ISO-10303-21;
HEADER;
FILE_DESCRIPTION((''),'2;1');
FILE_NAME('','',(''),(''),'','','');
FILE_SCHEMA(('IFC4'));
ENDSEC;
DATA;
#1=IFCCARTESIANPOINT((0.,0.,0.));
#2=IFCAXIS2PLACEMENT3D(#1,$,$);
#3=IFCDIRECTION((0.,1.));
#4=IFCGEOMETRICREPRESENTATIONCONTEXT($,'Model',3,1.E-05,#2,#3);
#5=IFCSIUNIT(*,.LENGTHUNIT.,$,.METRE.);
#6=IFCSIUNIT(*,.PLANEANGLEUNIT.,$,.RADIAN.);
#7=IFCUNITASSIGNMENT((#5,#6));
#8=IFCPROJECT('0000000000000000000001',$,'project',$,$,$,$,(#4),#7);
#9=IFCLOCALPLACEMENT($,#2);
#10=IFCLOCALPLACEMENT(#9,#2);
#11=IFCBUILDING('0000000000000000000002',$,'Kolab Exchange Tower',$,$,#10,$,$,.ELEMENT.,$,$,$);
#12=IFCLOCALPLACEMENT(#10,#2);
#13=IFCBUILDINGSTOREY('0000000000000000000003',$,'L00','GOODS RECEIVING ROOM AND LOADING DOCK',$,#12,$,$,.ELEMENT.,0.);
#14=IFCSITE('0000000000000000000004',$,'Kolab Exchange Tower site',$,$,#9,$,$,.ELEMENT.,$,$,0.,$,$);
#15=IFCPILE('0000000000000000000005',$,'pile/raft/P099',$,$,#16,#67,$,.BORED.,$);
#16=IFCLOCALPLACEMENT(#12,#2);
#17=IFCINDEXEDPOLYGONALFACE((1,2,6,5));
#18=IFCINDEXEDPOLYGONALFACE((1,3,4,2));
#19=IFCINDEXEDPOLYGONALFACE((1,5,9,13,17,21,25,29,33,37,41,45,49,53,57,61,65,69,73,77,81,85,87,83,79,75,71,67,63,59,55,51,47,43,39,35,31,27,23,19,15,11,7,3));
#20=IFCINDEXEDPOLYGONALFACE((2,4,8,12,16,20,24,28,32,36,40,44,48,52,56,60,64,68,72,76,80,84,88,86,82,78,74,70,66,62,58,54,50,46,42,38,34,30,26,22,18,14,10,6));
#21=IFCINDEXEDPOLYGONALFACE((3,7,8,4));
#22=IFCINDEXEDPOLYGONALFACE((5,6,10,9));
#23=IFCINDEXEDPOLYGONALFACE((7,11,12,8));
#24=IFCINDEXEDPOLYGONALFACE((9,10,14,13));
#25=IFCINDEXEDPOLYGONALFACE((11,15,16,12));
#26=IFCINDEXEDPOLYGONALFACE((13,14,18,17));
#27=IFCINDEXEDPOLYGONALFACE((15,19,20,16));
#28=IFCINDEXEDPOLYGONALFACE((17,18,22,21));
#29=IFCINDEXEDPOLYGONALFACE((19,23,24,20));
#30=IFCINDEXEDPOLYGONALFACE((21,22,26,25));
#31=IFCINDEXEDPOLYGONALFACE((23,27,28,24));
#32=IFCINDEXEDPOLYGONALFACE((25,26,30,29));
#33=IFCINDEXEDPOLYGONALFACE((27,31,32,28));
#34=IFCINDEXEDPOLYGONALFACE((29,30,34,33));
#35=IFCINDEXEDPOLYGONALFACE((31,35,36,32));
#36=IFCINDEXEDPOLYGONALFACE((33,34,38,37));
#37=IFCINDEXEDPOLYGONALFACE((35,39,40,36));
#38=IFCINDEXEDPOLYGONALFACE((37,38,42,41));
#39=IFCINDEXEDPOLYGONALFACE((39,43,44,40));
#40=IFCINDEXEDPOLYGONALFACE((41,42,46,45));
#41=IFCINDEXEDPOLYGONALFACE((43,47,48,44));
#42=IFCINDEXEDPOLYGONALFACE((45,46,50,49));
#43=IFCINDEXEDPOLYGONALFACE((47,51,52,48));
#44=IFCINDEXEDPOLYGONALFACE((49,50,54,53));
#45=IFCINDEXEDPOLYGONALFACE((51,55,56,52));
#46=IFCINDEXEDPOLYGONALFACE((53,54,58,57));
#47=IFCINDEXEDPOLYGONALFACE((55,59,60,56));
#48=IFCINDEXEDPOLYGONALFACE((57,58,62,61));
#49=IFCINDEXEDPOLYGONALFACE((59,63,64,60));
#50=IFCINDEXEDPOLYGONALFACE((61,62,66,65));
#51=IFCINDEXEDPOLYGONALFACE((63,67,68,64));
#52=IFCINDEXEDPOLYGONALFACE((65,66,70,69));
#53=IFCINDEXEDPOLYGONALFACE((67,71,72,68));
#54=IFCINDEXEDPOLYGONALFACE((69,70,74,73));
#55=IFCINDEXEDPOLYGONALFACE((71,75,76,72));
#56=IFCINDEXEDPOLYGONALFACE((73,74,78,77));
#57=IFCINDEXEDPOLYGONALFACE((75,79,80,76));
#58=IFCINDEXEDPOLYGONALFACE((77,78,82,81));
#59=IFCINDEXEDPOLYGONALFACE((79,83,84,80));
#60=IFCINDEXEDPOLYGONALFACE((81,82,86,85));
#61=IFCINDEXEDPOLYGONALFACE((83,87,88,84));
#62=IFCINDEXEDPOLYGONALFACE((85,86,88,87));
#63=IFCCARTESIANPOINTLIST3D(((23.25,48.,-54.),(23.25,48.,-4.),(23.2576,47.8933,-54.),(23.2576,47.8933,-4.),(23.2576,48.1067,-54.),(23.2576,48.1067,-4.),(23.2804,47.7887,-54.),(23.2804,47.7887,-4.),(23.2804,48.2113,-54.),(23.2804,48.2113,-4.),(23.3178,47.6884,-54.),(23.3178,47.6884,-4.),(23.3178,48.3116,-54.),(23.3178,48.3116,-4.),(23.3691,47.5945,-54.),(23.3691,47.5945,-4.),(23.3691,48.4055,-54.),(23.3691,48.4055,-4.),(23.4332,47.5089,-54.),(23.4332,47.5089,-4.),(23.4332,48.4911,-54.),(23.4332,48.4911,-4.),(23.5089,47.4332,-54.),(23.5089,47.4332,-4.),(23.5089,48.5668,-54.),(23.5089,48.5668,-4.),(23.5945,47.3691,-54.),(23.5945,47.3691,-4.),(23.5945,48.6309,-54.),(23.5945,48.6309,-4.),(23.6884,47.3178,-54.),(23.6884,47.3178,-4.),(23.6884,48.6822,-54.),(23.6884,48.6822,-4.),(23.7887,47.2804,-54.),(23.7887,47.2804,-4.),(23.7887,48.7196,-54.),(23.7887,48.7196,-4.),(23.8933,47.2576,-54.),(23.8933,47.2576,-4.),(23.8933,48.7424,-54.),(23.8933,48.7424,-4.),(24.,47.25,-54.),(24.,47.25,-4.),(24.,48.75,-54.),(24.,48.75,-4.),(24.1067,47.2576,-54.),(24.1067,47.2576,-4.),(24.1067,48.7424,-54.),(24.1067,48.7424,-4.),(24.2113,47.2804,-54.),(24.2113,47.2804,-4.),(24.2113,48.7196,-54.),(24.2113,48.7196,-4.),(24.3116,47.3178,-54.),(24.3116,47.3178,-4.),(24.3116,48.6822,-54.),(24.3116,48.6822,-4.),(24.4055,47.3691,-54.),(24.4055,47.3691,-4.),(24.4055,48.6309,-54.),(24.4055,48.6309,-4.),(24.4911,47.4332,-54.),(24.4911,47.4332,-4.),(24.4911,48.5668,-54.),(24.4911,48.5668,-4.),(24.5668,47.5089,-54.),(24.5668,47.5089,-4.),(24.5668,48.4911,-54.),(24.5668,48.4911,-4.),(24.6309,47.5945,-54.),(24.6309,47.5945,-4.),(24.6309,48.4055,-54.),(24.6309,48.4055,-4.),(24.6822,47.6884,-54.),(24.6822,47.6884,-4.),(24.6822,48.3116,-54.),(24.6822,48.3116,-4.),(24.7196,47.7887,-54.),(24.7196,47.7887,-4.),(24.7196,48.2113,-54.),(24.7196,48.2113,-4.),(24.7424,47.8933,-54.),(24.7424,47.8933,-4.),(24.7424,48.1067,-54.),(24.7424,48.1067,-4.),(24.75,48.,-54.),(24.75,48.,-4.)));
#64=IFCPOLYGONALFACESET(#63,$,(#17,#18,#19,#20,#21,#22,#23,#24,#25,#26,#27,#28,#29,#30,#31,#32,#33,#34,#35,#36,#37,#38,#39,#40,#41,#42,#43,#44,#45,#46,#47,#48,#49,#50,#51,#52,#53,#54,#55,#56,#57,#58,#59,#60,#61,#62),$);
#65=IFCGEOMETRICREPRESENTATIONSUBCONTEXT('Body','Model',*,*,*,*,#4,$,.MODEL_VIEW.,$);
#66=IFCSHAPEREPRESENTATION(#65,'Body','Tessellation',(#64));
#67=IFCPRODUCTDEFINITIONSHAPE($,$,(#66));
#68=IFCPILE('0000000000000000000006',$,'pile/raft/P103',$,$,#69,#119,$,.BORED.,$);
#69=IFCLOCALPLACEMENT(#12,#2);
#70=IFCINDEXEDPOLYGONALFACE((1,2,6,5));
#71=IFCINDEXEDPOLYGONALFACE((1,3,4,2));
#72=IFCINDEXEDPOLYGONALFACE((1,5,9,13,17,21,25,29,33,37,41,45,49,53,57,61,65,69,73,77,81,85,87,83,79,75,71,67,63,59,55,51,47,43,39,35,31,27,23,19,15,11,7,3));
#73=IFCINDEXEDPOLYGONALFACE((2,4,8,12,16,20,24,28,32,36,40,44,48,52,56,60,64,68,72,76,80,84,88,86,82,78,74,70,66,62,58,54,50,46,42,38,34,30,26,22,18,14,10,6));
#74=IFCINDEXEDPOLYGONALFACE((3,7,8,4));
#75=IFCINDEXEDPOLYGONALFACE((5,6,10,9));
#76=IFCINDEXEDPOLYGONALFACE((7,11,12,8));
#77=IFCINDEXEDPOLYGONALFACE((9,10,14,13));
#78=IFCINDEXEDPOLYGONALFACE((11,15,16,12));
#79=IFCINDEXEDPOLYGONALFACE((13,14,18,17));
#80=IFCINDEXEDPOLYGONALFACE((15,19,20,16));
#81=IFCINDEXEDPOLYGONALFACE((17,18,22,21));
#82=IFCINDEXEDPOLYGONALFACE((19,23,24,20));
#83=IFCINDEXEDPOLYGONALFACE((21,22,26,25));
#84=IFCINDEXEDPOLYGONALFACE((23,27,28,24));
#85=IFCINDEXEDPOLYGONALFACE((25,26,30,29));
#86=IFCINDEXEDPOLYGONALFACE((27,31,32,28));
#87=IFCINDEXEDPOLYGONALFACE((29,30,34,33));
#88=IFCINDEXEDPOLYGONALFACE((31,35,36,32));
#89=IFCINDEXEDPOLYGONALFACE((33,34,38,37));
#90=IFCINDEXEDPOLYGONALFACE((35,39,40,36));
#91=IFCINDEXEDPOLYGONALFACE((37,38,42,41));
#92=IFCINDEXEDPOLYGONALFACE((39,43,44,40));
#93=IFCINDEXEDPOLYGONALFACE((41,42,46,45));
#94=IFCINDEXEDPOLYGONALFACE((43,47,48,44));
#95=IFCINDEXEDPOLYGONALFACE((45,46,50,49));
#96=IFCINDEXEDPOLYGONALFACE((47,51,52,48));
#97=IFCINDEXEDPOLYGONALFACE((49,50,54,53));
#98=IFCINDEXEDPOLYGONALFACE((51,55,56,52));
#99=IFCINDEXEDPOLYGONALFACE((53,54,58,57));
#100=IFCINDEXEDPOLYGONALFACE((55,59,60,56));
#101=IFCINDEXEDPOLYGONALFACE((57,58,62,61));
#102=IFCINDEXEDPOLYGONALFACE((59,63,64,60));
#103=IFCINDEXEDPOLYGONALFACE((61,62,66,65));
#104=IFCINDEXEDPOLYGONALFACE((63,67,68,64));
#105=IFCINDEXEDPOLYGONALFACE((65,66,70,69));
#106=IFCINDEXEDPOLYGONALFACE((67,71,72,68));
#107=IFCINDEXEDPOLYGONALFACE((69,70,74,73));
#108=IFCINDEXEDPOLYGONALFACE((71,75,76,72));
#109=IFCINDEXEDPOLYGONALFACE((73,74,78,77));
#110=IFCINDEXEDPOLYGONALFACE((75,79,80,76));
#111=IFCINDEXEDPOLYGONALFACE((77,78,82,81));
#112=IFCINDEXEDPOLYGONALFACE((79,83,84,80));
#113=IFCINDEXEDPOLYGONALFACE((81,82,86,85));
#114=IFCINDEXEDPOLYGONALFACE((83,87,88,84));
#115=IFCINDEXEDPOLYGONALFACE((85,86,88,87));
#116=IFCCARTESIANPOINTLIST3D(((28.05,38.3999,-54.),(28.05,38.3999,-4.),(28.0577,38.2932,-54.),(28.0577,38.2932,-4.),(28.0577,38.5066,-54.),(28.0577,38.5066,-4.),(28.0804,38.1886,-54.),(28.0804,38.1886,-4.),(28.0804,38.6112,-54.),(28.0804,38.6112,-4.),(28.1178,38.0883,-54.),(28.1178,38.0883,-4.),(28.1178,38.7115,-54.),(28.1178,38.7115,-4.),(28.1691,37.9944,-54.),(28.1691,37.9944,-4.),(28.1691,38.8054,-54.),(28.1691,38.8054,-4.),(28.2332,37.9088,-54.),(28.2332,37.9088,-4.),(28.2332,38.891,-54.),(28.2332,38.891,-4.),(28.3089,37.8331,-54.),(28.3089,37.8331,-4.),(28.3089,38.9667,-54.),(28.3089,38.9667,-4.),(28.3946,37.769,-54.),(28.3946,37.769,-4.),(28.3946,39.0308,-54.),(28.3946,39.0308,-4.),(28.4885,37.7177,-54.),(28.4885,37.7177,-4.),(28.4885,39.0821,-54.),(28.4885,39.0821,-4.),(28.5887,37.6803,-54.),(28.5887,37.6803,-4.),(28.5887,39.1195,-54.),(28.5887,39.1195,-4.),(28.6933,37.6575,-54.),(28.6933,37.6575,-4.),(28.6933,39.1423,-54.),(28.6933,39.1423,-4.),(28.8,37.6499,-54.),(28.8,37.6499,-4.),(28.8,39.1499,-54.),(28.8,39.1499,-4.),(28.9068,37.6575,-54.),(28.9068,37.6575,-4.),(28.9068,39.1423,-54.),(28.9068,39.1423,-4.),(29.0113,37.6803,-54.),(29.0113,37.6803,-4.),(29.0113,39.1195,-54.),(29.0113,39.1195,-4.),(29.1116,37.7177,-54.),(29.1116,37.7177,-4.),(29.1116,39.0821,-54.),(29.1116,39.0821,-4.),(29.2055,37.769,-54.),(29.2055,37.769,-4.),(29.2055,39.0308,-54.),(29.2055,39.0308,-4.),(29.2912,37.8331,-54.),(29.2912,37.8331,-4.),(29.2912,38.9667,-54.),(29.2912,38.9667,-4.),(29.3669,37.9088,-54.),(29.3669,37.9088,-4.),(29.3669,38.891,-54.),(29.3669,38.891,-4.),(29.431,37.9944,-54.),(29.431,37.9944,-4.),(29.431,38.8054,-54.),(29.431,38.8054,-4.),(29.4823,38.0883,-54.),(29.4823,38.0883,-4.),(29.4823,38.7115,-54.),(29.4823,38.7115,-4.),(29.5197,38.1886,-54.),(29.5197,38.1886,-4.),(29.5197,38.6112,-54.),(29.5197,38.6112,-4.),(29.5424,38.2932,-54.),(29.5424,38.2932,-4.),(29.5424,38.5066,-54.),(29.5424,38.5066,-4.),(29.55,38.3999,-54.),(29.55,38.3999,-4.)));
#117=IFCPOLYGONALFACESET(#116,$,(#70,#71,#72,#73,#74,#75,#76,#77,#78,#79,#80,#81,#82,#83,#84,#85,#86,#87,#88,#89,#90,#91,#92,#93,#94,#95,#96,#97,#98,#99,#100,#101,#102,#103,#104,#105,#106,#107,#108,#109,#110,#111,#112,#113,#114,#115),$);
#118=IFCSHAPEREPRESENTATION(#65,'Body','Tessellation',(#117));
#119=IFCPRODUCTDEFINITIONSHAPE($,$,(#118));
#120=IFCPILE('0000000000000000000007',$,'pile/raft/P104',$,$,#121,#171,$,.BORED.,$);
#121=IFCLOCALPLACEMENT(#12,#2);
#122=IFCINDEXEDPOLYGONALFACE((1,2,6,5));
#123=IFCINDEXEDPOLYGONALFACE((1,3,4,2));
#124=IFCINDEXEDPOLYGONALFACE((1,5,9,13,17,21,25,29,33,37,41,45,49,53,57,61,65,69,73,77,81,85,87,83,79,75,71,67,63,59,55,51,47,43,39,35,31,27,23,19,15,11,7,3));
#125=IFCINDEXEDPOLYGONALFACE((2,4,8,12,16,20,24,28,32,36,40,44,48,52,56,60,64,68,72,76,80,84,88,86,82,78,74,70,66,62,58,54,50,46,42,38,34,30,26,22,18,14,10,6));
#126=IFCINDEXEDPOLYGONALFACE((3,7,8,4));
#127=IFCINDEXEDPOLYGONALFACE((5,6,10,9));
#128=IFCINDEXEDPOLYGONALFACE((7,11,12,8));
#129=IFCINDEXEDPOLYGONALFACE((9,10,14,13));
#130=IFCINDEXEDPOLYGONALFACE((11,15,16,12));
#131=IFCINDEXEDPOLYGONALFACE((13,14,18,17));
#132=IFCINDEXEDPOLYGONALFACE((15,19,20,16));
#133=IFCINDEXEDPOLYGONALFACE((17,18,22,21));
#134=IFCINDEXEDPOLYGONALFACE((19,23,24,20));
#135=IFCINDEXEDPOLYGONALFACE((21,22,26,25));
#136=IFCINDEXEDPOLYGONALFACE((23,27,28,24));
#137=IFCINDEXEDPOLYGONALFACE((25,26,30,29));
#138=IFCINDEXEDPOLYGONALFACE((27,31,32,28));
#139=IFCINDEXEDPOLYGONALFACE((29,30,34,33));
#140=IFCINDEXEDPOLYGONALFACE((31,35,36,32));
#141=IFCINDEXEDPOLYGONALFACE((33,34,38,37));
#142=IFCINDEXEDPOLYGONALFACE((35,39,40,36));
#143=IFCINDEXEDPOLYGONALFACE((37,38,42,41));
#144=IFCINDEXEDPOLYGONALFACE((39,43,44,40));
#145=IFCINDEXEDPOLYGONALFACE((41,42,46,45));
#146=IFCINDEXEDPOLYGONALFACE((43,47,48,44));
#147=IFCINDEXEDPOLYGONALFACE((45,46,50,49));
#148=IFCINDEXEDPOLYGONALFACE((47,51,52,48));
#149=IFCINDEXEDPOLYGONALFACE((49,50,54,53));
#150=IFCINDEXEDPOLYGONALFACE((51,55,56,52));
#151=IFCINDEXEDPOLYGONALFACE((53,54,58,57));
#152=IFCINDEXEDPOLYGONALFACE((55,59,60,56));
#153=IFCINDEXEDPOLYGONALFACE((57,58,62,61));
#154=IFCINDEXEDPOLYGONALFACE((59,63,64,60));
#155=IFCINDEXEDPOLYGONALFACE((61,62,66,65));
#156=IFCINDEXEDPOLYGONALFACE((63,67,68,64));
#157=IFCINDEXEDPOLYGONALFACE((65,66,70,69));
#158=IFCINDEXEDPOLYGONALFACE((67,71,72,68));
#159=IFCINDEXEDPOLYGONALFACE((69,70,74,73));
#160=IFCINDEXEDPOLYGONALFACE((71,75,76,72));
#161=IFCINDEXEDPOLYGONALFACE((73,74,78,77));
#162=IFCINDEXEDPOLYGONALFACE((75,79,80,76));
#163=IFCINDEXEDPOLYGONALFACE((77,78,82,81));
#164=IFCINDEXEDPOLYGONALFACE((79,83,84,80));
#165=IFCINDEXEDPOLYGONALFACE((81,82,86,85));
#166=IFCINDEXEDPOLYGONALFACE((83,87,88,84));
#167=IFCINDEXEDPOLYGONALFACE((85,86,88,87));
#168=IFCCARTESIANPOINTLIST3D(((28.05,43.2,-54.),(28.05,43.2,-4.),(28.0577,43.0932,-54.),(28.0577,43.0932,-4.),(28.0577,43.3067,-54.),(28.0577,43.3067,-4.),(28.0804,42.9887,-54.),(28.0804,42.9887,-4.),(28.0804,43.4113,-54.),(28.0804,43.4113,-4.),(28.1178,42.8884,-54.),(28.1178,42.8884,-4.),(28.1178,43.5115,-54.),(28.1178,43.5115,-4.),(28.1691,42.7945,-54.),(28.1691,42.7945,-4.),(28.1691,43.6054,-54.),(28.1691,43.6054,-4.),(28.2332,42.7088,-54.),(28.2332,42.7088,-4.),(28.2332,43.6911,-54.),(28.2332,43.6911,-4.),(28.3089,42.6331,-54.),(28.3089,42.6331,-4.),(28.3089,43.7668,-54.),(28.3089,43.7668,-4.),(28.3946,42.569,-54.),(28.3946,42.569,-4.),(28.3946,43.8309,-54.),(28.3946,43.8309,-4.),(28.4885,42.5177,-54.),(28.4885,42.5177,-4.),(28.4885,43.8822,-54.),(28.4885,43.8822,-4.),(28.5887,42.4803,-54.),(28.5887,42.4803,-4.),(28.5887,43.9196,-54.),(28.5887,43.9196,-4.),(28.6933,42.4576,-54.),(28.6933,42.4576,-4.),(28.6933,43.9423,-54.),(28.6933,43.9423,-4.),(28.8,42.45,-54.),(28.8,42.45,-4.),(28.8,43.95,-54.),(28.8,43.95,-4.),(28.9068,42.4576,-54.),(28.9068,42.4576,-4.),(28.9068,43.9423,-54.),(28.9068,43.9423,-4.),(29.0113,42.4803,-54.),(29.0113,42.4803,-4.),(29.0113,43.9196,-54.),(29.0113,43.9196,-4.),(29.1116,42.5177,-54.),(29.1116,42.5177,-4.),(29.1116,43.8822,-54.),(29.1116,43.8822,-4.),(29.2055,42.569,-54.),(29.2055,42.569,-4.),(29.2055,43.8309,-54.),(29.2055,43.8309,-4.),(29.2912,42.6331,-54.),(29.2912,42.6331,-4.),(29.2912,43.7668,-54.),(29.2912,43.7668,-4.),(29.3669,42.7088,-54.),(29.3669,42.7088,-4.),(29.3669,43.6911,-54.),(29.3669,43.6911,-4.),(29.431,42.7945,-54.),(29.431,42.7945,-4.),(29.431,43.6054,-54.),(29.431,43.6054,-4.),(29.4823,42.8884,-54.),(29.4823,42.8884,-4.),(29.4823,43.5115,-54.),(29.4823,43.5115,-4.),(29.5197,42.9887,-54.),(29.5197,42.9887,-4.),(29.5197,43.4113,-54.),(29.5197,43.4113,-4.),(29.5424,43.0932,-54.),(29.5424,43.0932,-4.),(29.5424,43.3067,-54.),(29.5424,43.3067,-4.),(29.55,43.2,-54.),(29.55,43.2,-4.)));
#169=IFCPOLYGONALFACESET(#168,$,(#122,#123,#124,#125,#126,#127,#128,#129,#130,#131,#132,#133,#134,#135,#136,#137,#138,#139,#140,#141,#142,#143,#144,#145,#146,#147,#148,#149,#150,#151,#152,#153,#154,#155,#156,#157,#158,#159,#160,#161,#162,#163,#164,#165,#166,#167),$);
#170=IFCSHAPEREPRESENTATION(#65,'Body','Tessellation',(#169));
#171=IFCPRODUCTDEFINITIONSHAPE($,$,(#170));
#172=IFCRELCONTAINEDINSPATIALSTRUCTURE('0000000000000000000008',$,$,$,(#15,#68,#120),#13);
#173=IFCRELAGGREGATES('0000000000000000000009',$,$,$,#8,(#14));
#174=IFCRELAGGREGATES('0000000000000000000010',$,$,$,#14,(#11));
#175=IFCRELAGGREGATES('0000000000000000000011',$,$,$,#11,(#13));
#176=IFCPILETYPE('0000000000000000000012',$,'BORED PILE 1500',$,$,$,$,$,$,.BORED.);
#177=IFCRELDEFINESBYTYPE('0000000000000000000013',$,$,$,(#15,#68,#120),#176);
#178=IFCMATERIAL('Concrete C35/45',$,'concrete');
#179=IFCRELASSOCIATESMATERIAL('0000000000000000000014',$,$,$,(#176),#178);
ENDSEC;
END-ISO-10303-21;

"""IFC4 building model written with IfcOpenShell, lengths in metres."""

from ifc_helpers import new_model, si_unit, direction, frame, origin, origin_2d, place, context, subcontext, project, spatial, circle, extrude, material, material_profile, profile_set, type_object, element, save


model = new_model("IFC4")

# Units and contexts
model_context = context("Model", 3, precision=1e-05, world=origin(), true_north=direction((0.0, 1.0)))
body_context = subcontext(model_context, "Body", "Model", "MODEL_VIEW")
ifc_project = project(units=[si_unit("LENGTHUNIT", "METRE"), si_unit("PLANEANGLEUNIT", "RADIAN")], contexts=[model_context])

# Site, building, storey
site_placement = place(None, origin())
site = spatial("IfcSite", under=ifc_project, at=site_placement, Name="Kolab Exchange Tower site", CompositionType="ELEMENT", RefElevation=0.0)
building_placement = place(site_placement, origin())
building = spatial("IfcBuilding", under=site, at=building_placement, Name="Kolab Exchange Tower", CompositionType="ELEMENT")
storey_placement = place(building_placement, origin())
storey = spatial("IfcBuildingStorey", under=building, at=storey_placement, Name="L00", Description="GOODS RECEIVING ROOM AND LOADING DOCK", CompositionType="ELEMENT", Elevation=0.0)

# Piles
ifc_material_1 = material(Name="Concrete C35/45", Category="concrete")
ifc_material_profile_1 = material_profile(ifc_material_1, circle(Radius=0.75, at=origin_2d()), Name="BP1500")
ifc_profile_set_1 = profile_set([ifc_material_profile_1], Name="Concrete C35/45")
pile_type_1 = type_object("IfcPileType", Name="BORED PILE 1500", PredefinedType="BORED", material=ifc_profile_set_1)
for number, where, z_axis, x_axis, name in (
    (1, (24.0, 48.0, -4.0), (0.0, 0.0, -1.0), (1.0, 0.0, 0.0), "pile/raft/P099"),
    (2, (28.8, 38.3999, -4.0), (0.0, 0.0, -1.0), (1.0, 0.0, 0.0), "pile/raft/P103"),
    (3, (28.8, 43.2, -4.0), (0.0, 0.0, -1.0), (1.0, 0.0, 0.0), "pile/raft/P104"),
):
    element("IfcPile", number, at=place(storey_placement, frame(where, z_axis=z_axis, x_axis=x_axis)), inside=storey, type_object=pile_type_1, Name=name, PredefinedType="BORED", context=body_context, shape_type="SweptSolid", body=[
        extrude(circle(Radius=0.75, at=origin_2d()), origin(), (0.0, 0.0, 1.0), 50.0),
    ])

save(model, "model.ifc")
